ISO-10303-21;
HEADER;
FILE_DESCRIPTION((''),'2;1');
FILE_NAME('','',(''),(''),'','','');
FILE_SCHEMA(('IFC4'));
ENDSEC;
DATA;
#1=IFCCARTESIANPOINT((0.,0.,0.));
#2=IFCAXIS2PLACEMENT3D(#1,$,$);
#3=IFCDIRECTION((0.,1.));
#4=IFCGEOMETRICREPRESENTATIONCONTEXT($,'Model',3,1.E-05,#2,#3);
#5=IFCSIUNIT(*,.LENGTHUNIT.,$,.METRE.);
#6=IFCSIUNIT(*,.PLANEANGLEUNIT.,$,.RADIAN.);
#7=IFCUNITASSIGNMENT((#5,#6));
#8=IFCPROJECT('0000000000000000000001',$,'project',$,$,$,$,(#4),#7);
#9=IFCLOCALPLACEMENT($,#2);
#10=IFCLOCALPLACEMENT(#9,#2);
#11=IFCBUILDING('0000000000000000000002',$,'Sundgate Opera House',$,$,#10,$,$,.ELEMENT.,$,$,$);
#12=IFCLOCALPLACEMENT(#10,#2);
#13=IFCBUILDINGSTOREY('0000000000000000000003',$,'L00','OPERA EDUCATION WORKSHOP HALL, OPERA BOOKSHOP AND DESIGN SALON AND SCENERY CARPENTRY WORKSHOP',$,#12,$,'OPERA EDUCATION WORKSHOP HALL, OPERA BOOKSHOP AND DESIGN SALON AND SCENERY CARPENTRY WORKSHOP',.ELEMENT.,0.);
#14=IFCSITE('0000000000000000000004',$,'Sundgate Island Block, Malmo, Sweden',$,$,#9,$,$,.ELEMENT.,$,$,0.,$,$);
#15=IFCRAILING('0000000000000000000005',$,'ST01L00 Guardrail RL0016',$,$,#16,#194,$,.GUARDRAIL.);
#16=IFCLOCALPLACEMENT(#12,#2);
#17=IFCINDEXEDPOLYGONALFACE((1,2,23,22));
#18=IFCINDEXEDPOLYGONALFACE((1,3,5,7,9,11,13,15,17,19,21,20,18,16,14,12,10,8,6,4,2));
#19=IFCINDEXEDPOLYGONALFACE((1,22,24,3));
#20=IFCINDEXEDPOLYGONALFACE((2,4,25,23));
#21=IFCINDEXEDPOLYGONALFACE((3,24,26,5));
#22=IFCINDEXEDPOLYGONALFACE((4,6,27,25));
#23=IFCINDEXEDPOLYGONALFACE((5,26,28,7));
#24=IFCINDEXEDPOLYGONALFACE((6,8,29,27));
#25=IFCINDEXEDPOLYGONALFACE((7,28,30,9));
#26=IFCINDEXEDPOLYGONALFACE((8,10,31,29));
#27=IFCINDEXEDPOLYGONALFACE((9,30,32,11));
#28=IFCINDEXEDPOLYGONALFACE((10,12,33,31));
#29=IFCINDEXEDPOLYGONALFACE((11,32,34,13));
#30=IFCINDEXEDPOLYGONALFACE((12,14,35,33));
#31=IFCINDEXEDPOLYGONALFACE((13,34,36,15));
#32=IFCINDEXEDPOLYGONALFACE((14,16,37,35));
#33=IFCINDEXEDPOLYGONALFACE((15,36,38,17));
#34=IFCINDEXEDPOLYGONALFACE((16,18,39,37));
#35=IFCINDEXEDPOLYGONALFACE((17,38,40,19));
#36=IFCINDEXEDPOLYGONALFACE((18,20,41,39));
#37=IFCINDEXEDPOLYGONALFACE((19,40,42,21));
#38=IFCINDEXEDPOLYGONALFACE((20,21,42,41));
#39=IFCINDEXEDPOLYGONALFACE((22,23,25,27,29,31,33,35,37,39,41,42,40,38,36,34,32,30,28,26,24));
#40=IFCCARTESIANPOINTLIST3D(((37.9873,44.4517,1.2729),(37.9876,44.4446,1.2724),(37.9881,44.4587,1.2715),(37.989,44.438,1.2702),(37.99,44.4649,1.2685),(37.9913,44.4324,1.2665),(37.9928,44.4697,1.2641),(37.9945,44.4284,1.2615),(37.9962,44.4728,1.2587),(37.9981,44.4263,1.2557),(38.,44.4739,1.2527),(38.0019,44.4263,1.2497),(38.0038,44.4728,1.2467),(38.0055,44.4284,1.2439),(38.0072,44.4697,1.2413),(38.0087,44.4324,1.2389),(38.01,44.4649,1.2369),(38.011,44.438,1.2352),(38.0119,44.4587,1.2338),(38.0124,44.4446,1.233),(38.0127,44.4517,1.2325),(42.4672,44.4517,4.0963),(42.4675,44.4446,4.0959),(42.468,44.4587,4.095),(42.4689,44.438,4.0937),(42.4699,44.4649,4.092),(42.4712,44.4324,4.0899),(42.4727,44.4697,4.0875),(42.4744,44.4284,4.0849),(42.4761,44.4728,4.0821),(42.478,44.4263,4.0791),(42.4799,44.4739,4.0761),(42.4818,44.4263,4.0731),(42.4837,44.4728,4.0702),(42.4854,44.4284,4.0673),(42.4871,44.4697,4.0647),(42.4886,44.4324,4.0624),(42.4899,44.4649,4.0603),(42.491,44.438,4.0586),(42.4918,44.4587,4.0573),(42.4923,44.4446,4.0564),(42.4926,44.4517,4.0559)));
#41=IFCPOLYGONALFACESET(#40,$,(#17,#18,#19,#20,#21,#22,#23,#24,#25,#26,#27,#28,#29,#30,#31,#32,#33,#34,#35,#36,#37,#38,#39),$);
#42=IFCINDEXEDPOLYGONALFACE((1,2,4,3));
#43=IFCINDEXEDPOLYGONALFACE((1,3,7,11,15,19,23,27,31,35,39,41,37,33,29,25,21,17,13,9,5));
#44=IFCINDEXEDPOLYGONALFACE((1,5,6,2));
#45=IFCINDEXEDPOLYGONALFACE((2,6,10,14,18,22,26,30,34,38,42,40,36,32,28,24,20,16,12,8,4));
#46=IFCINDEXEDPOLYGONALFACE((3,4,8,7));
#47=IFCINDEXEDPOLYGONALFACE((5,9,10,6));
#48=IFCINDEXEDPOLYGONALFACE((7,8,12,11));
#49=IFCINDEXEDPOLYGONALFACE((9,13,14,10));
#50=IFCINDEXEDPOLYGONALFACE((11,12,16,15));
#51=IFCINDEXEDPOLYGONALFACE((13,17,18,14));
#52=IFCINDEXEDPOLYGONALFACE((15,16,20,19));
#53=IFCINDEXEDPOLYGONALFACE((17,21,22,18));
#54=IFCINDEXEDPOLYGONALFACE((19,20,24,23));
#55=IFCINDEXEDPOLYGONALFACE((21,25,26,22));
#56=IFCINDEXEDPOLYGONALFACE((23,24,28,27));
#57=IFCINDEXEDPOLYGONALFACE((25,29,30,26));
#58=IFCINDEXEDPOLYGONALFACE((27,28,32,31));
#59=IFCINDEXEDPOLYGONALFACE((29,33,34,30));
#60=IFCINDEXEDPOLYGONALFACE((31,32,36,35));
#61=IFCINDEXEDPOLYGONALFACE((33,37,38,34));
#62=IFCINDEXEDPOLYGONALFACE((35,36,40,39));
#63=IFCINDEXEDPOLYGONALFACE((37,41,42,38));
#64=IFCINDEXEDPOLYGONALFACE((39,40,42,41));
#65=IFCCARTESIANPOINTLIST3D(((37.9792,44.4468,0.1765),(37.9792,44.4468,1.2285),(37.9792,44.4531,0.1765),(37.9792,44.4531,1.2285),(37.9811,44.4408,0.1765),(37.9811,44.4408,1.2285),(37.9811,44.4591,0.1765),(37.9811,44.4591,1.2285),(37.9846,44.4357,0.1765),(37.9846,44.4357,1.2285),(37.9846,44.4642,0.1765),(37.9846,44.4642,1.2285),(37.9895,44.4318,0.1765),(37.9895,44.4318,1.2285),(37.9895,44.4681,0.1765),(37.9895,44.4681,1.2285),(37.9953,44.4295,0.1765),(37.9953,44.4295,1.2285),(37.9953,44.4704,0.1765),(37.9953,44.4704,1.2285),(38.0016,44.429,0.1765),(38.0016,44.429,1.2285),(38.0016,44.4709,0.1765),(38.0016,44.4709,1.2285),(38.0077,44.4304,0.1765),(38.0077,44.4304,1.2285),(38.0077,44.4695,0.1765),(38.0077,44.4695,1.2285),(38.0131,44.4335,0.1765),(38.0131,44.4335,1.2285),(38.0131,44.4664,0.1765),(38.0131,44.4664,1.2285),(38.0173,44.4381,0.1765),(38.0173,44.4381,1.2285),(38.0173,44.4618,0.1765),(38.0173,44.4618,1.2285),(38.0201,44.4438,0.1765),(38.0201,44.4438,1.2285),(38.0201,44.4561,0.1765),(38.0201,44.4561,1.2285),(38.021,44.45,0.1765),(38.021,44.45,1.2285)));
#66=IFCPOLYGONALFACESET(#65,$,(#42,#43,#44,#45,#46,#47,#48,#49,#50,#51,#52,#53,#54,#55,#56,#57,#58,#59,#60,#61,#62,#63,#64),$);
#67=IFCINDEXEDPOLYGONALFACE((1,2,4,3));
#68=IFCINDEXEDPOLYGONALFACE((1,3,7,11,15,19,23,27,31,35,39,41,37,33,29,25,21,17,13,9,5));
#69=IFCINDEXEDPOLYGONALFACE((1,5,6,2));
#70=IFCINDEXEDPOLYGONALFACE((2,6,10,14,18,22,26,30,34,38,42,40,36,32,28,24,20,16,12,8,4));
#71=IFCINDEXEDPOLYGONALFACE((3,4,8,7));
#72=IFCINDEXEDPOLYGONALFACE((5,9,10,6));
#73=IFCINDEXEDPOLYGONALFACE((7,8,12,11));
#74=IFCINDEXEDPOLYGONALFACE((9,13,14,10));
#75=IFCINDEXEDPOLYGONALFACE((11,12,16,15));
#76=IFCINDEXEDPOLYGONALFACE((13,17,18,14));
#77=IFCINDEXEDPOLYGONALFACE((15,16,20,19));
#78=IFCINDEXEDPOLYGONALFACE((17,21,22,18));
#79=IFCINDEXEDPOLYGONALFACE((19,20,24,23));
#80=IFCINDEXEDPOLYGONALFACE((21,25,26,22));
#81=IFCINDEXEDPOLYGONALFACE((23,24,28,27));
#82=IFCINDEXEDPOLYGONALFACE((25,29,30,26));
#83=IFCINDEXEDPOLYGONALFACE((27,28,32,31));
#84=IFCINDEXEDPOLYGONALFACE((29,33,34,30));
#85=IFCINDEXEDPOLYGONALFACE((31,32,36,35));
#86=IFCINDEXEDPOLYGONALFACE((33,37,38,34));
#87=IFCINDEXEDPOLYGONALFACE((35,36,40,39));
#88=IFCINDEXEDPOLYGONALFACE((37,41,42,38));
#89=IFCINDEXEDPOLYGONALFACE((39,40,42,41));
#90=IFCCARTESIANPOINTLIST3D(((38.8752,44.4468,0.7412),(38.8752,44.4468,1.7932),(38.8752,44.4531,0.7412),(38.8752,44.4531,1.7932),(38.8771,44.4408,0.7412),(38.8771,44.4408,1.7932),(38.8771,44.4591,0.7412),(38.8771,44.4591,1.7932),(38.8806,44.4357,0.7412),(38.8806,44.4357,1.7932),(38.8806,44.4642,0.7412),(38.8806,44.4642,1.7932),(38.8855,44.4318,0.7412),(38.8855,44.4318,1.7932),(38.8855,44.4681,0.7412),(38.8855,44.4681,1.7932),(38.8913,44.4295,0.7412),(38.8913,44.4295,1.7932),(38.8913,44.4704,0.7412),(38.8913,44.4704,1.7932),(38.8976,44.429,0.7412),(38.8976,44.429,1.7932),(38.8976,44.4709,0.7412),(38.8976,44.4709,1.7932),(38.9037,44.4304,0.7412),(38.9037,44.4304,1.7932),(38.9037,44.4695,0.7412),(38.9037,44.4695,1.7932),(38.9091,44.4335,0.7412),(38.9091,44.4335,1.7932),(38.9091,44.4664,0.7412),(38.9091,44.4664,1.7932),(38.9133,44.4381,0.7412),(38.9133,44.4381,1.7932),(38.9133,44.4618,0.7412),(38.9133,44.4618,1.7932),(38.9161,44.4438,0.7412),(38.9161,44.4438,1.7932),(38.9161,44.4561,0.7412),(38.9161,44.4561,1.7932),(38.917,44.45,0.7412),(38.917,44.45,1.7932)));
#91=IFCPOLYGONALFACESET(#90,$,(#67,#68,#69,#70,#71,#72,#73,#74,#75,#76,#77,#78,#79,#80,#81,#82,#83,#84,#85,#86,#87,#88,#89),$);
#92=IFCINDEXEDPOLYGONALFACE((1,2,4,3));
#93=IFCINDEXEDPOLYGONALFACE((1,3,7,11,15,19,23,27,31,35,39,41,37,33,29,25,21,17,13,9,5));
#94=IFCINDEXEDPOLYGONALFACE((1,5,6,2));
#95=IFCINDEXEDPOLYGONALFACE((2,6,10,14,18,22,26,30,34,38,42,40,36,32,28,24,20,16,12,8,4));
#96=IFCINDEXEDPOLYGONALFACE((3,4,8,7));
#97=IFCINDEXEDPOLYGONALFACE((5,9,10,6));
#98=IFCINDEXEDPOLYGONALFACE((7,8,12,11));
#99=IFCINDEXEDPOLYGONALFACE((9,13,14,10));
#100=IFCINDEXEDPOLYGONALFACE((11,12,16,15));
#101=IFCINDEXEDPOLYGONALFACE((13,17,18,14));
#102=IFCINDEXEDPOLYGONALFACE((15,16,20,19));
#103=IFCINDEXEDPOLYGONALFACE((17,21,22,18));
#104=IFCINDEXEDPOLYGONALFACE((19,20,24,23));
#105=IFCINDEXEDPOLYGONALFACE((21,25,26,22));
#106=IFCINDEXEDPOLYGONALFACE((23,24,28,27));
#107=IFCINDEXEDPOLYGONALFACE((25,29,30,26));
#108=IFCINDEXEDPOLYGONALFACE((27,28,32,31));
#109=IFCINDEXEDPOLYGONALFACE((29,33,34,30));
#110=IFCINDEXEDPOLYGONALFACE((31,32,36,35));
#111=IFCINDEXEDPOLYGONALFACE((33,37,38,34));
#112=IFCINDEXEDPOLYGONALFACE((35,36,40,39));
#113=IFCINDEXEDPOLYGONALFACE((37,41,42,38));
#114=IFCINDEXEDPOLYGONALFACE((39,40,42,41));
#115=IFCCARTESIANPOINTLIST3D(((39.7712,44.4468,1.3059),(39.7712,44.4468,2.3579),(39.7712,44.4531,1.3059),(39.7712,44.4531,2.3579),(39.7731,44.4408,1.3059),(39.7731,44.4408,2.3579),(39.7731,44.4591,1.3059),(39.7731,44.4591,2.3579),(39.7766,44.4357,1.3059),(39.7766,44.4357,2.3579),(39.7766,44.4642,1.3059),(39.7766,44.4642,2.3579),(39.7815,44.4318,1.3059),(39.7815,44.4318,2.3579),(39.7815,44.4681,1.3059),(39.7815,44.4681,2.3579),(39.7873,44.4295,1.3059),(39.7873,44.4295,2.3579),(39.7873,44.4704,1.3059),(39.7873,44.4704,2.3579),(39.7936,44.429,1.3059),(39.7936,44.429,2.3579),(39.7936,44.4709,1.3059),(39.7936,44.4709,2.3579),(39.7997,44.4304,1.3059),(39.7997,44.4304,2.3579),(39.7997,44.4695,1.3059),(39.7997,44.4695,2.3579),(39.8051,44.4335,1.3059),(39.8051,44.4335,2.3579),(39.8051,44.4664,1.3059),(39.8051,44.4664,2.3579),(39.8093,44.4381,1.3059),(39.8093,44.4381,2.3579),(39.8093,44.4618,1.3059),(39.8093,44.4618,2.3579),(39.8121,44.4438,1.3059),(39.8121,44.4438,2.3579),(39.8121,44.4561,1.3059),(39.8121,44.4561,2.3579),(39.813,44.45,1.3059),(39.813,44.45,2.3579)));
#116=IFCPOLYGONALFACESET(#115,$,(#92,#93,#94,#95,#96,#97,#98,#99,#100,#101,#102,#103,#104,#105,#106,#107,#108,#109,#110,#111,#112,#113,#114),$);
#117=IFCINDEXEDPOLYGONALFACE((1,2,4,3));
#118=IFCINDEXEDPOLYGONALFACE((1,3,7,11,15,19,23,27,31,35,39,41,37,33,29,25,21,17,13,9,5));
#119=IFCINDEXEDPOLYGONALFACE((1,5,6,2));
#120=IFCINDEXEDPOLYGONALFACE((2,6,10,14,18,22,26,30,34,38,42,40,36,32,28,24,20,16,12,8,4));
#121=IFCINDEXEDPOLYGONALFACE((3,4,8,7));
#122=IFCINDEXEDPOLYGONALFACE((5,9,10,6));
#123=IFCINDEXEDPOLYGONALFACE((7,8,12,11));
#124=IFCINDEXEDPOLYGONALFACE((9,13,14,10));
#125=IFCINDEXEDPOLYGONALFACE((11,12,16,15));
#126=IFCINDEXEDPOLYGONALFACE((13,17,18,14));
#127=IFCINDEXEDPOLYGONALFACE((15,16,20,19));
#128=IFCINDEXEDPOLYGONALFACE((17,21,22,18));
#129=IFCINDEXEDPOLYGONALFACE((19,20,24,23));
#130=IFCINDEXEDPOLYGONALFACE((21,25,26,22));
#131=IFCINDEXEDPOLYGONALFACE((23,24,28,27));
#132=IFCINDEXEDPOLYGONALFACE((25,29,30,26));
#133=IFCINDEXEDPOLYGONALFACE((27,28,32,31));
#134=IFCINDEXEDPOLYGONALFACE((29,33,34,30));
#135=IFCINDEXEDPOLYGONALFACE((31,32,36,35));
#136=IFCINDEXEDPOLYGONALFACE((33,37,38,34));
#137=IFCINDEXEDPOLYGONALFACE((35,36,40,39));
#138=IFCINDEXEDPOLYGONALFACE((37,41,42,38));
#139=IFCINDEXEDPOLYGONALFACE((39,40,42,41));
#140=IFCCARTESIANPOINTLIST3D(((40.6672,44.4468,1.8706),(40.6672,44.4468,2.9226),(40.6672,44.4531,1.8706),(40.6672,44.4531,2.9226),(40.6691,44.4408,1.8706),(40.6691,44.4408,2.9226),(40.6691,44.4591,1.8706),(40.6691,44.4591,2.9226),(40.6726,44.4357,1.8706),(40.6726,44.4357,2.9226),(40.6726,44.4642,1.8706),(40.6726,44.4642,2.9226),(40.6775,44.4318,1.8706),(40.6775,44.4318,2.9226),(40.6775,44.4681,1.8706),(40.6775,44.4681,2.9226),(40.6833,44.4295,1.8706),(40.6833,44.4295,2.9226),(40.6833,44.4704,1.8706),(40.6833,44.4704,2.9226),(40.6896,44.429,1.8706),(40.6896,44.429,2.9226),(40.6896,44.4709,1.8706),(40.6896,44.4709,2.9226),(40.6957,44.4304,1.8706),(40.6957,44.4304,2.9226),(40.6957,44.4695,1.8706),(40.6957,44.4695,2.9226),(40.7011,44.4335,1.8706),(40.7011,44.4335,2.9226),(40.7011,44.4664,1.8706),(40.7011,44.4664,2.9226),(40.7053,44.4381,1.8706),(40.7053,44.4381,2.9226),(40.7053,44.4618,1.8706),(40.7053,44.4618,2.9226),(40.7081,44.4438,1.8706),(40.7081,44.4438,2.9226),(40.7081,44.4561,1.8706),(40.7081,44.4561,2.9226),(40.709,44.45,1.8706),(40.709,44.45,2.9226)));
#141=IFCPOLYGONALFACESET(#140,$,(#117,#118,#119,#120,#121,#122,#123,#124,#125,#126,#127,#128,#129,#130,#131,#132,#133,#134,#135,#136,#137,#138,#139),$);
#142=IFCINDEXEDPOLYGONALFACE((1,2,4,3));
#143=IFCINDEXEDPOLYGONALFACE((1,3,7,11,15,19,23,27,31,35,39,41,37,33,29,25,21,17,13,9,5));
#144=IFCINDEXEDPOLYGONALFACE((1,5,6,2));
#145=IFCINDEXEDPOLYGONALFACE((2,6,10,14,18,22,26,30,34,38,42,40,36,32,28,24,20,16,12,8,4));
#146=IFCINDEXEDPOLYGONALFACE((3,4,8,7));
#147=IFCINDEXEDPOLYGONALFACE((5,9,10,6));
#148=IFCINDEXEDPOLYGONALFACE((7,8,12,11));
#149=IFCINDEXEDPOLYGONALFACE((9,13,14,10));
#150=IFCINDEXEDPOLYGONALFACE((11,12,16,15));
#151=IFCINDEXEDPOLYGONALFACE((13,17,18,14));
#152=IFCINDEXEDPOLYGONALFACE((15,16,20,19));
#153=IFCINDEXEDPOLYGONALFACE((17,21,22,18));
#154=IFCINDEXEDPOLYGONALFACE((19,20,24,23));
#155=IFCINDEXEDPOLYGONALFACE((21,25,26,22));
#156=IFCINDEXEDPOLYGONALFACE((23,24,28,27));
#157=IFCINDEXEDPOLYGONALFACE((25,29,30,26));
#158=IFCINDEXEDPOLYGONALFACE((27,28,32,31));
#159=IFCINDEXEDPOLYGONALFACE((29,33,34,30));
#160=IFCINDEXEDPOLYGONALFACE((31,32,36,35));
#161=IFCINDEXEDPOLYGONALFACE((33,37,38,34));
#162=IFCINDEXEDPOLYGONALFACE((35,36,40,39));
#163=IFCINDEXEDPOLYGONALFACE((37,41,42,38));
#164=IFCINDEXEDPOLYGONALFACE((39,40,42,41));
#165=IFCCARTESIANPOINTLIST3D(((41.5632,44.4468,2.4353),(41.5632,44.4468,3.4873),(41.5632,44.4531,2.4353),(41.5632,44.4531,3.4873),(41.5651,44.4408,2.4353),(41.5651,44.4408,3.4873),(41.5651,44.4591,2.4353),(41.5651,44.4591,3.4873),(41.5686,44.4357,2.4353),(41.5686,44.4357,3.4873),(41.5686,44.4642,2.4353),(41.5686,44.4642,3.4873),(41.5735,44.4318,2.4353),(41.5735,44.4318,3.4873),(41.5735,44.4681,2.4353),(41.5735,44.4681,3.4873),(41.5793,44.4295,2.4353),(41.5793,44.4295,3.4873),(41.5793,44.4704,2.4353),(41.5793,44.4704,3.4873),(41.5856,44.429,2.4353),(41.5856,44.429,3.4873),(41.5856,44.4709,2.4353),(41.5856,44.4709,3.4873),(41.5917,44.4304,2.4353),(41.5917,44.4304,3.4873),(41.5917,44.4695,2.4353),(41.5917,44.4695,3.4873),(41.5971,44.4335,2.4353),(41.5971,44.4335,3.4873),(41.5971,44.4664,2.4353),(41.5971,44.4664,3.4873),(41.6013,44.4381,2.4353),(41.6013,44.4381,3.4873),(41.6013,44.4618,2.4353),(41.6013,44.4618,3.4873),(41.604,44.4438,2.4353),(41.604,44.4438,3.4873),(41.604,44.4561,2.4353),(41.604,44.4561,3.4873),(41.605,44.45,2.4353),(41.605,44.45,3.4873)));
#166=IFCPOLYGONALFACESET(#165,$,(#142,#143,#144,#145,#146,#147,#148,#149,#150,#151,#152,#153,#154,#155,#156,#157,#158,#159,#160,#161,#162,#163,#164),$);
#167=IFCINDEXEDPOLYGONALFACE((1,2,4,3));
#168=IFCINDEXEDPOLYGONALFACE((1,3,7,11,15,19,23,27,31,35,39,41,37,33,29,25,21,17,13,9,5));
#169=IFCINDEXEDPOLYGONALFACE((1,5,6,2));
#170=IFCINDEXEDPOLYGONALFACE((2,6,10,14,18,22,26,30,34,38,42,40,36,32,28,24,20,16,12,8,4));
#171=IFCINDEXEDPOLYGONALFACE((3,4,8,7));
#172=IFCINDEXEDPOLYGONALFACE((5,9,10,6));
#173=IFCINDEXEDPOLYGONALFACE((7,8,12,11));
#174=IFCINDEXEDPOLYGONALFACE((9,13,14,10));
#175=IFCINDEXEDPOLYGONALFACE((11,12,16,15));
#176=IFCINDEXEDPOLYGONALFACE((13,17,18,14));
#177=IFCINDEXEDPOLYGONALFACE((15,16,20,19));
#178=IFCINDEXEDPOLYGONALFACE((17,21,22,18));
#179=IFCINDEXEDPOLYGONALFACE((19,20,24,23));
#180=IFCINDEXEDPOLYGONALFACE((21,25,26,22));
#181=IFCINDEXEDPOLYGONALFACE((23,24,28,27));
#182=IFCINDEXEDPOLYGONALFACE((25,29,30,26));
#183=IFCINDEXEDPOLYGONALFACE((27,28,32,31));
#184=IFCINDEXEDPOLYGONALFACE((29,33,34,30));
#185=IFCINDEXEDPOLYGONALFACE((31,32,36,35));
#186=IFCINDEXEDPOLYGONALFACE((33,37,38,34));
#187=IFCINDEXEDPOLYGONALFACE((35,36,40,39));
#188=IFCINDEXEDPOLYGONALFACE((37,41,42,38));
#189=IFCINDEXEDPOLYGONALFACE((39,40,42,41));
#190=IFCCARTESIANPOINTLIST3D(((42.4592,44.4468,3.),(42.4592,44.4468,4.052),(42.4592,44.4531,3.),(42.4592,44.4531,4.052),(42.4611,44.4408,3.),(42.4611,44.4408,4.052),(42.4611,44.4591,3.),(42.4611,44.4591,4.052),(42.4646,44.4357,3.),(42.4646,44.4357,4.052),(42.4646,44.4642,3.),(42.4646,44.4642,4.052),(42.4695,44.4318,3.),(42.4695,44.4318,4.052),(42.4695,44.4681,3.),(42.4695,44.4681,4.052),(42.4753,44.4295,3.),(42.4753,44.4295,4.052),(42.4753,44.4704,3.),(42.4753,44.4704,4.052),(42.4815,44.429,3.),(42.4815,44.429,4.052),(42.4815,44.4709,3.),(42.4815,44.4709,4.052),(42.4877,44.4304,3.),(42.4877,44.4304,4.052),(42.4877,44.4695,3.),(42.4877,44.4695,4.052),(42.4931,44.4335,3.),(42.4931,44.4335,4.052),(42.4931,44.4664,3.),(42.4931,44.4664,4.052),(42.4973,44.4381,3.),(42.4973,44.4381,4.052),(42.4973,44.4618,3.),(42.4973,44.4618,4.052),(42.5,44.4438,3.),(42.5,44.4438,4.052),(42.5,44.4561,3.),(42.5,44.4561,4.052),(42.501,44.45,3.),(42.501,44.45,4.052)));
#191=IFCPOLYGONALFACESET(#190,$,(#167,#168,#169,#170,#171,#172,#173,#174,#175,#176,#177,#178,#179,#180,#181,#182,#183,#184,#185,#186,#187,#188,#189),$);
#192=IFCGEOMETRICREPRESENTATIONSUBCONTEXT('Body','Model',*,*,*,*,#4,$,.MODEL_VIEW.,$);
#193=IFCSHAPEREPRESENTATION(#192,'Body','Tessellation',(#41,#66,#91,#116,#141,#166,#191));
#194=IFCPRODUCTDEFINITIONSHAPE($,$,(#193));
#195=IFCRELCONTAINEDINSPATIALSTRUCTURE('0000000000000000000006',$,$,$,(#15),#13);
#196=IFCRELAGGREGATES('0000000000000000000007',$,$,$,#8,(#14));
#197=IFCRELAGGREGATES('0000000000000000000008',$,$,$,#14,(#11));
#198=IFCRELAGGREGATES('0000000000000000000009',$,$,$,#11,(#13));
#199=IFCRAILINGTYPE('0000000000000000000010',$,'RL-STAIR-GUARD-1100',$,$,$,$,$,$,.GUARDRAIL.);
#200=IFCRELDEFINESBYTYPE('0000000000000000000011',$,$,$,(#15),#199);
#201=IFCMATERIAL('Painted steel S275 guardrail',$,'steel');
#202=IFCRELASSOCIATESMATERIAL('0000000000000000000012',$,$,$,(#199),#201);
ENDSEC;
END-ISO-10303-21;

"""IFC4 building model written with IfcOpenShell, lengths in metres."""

from ifc_helpers import new_model, si_unit, direction, frame, origin, origin_2d, place, context, subcontext, project, spatial, circle, extrude, material, type_object, element, save


model = new_model("IFC4")

# Units and contexts
model_context = context("Model", 3, precision=1e-05, world=origin(), true_north=direction((0.0, 1.0)))
body_context = subcontext(model_context, "Body", "Model", "MODEL_VIEW")
ifc_project = project(units=[si_unit("LENGTHUNIT", "METRE"), si_unit("PLANEANGLEUNIT", "RADIAN")], contexts=[model_context])

# Site, building, storey
site_placement = place(None, origin())
site = spatial("IfcSite", under=ifc_project, at=site_placement, Name="Sundgate Island Block, Malmo, Sweden", CompositionType="ELEMENT", RefElevation=0.0)
building_placement = place(site_placement, origin())
building = spatial("IfcBuilding", under=site, at=building_placement, Name="Sundgate Opera House", CompositionType="ELEMENT")
storey_placement = place(building_placement, origin())
storey = spatial("IfcBuildingStorey", under=building, at=storey_placement, Name="L00", Description="OPERA EDUCATION WORKSHOP HALL, OPERA BOOKSHOP AND DESIGN SALON AND SCENERY CARPENTRY WORKSHOP", LongName="OPERA EDUCATION WORKSHOP HALL, OPERA BOOKSHOP AND DESIGN SALON AND SCENERY CARPENTRY WORKSHOP", CompositionType="ELEMENT", Elevation=0.0)

# Railing
ifc_material_1 = material(Name="Painted steel S275 guardrail", Category="steel")
railing_type_1 = type_object("IfcRailingType", Name="RL-STAIR-GUARD-1100", PredefinedType="GUARDRAIL", material=ifc_material_1)
railing_1_placement = place(storey_placement, frame((38.0, 44.45, 0.1765)))
element("IfcRailing", 1, at=railing_1_placement, inside=storey, type_object=railing_type_1, Name="ST01L00 Guardrail RL0016", PredefinedType="GUARDRAIL", context=body_context, shape_type="SweptSolid", body=[
    extrude(circle(Radius=0.0239, at=origin_2d()), frame((0.0, 0.0, 1.0762), z_axis=(0.845998, 0.0, 0.533186), x_axis=(0.0, 1.0, 0.0)), (0.0, 0.0, 1.0), 5.2954),
    extrude(circle(Radius=0.021, at=origin_2d()), origin(), (0.0, 0.0, 1.0), 1.052),
    extrude(circle(Radius=0.021, at=origin_2d()), frame((0.896, 0.0, 0.5647)), (0.0, 0.0, 1.0), 1.052),
    extrude(circle(Radius=0.021, at=origin_2d()), frame((1.792, 0.0, 1.1294)), (0.0, 0.0, 1.0), 1.052),
    extrude(circle(Radius=0.021, at=origin_2d()), frame((2.688, 0.0, 1.6941)), (0.0, 0.0, 1.0), 1.052),
    extrude(circle(Radius=0.021, at=origin_2d()), frame((3.584, 0.0, 2.2588)), (0.0, 0.0, 1.0), 1.052),
    extrude(circle(Radius=0.021, at=origin_2d()), frame((4.48, 0.0, 2.8235)), (0.0, 0.0, 1.0), 1.052),
])

save(model, "model.ifc")
